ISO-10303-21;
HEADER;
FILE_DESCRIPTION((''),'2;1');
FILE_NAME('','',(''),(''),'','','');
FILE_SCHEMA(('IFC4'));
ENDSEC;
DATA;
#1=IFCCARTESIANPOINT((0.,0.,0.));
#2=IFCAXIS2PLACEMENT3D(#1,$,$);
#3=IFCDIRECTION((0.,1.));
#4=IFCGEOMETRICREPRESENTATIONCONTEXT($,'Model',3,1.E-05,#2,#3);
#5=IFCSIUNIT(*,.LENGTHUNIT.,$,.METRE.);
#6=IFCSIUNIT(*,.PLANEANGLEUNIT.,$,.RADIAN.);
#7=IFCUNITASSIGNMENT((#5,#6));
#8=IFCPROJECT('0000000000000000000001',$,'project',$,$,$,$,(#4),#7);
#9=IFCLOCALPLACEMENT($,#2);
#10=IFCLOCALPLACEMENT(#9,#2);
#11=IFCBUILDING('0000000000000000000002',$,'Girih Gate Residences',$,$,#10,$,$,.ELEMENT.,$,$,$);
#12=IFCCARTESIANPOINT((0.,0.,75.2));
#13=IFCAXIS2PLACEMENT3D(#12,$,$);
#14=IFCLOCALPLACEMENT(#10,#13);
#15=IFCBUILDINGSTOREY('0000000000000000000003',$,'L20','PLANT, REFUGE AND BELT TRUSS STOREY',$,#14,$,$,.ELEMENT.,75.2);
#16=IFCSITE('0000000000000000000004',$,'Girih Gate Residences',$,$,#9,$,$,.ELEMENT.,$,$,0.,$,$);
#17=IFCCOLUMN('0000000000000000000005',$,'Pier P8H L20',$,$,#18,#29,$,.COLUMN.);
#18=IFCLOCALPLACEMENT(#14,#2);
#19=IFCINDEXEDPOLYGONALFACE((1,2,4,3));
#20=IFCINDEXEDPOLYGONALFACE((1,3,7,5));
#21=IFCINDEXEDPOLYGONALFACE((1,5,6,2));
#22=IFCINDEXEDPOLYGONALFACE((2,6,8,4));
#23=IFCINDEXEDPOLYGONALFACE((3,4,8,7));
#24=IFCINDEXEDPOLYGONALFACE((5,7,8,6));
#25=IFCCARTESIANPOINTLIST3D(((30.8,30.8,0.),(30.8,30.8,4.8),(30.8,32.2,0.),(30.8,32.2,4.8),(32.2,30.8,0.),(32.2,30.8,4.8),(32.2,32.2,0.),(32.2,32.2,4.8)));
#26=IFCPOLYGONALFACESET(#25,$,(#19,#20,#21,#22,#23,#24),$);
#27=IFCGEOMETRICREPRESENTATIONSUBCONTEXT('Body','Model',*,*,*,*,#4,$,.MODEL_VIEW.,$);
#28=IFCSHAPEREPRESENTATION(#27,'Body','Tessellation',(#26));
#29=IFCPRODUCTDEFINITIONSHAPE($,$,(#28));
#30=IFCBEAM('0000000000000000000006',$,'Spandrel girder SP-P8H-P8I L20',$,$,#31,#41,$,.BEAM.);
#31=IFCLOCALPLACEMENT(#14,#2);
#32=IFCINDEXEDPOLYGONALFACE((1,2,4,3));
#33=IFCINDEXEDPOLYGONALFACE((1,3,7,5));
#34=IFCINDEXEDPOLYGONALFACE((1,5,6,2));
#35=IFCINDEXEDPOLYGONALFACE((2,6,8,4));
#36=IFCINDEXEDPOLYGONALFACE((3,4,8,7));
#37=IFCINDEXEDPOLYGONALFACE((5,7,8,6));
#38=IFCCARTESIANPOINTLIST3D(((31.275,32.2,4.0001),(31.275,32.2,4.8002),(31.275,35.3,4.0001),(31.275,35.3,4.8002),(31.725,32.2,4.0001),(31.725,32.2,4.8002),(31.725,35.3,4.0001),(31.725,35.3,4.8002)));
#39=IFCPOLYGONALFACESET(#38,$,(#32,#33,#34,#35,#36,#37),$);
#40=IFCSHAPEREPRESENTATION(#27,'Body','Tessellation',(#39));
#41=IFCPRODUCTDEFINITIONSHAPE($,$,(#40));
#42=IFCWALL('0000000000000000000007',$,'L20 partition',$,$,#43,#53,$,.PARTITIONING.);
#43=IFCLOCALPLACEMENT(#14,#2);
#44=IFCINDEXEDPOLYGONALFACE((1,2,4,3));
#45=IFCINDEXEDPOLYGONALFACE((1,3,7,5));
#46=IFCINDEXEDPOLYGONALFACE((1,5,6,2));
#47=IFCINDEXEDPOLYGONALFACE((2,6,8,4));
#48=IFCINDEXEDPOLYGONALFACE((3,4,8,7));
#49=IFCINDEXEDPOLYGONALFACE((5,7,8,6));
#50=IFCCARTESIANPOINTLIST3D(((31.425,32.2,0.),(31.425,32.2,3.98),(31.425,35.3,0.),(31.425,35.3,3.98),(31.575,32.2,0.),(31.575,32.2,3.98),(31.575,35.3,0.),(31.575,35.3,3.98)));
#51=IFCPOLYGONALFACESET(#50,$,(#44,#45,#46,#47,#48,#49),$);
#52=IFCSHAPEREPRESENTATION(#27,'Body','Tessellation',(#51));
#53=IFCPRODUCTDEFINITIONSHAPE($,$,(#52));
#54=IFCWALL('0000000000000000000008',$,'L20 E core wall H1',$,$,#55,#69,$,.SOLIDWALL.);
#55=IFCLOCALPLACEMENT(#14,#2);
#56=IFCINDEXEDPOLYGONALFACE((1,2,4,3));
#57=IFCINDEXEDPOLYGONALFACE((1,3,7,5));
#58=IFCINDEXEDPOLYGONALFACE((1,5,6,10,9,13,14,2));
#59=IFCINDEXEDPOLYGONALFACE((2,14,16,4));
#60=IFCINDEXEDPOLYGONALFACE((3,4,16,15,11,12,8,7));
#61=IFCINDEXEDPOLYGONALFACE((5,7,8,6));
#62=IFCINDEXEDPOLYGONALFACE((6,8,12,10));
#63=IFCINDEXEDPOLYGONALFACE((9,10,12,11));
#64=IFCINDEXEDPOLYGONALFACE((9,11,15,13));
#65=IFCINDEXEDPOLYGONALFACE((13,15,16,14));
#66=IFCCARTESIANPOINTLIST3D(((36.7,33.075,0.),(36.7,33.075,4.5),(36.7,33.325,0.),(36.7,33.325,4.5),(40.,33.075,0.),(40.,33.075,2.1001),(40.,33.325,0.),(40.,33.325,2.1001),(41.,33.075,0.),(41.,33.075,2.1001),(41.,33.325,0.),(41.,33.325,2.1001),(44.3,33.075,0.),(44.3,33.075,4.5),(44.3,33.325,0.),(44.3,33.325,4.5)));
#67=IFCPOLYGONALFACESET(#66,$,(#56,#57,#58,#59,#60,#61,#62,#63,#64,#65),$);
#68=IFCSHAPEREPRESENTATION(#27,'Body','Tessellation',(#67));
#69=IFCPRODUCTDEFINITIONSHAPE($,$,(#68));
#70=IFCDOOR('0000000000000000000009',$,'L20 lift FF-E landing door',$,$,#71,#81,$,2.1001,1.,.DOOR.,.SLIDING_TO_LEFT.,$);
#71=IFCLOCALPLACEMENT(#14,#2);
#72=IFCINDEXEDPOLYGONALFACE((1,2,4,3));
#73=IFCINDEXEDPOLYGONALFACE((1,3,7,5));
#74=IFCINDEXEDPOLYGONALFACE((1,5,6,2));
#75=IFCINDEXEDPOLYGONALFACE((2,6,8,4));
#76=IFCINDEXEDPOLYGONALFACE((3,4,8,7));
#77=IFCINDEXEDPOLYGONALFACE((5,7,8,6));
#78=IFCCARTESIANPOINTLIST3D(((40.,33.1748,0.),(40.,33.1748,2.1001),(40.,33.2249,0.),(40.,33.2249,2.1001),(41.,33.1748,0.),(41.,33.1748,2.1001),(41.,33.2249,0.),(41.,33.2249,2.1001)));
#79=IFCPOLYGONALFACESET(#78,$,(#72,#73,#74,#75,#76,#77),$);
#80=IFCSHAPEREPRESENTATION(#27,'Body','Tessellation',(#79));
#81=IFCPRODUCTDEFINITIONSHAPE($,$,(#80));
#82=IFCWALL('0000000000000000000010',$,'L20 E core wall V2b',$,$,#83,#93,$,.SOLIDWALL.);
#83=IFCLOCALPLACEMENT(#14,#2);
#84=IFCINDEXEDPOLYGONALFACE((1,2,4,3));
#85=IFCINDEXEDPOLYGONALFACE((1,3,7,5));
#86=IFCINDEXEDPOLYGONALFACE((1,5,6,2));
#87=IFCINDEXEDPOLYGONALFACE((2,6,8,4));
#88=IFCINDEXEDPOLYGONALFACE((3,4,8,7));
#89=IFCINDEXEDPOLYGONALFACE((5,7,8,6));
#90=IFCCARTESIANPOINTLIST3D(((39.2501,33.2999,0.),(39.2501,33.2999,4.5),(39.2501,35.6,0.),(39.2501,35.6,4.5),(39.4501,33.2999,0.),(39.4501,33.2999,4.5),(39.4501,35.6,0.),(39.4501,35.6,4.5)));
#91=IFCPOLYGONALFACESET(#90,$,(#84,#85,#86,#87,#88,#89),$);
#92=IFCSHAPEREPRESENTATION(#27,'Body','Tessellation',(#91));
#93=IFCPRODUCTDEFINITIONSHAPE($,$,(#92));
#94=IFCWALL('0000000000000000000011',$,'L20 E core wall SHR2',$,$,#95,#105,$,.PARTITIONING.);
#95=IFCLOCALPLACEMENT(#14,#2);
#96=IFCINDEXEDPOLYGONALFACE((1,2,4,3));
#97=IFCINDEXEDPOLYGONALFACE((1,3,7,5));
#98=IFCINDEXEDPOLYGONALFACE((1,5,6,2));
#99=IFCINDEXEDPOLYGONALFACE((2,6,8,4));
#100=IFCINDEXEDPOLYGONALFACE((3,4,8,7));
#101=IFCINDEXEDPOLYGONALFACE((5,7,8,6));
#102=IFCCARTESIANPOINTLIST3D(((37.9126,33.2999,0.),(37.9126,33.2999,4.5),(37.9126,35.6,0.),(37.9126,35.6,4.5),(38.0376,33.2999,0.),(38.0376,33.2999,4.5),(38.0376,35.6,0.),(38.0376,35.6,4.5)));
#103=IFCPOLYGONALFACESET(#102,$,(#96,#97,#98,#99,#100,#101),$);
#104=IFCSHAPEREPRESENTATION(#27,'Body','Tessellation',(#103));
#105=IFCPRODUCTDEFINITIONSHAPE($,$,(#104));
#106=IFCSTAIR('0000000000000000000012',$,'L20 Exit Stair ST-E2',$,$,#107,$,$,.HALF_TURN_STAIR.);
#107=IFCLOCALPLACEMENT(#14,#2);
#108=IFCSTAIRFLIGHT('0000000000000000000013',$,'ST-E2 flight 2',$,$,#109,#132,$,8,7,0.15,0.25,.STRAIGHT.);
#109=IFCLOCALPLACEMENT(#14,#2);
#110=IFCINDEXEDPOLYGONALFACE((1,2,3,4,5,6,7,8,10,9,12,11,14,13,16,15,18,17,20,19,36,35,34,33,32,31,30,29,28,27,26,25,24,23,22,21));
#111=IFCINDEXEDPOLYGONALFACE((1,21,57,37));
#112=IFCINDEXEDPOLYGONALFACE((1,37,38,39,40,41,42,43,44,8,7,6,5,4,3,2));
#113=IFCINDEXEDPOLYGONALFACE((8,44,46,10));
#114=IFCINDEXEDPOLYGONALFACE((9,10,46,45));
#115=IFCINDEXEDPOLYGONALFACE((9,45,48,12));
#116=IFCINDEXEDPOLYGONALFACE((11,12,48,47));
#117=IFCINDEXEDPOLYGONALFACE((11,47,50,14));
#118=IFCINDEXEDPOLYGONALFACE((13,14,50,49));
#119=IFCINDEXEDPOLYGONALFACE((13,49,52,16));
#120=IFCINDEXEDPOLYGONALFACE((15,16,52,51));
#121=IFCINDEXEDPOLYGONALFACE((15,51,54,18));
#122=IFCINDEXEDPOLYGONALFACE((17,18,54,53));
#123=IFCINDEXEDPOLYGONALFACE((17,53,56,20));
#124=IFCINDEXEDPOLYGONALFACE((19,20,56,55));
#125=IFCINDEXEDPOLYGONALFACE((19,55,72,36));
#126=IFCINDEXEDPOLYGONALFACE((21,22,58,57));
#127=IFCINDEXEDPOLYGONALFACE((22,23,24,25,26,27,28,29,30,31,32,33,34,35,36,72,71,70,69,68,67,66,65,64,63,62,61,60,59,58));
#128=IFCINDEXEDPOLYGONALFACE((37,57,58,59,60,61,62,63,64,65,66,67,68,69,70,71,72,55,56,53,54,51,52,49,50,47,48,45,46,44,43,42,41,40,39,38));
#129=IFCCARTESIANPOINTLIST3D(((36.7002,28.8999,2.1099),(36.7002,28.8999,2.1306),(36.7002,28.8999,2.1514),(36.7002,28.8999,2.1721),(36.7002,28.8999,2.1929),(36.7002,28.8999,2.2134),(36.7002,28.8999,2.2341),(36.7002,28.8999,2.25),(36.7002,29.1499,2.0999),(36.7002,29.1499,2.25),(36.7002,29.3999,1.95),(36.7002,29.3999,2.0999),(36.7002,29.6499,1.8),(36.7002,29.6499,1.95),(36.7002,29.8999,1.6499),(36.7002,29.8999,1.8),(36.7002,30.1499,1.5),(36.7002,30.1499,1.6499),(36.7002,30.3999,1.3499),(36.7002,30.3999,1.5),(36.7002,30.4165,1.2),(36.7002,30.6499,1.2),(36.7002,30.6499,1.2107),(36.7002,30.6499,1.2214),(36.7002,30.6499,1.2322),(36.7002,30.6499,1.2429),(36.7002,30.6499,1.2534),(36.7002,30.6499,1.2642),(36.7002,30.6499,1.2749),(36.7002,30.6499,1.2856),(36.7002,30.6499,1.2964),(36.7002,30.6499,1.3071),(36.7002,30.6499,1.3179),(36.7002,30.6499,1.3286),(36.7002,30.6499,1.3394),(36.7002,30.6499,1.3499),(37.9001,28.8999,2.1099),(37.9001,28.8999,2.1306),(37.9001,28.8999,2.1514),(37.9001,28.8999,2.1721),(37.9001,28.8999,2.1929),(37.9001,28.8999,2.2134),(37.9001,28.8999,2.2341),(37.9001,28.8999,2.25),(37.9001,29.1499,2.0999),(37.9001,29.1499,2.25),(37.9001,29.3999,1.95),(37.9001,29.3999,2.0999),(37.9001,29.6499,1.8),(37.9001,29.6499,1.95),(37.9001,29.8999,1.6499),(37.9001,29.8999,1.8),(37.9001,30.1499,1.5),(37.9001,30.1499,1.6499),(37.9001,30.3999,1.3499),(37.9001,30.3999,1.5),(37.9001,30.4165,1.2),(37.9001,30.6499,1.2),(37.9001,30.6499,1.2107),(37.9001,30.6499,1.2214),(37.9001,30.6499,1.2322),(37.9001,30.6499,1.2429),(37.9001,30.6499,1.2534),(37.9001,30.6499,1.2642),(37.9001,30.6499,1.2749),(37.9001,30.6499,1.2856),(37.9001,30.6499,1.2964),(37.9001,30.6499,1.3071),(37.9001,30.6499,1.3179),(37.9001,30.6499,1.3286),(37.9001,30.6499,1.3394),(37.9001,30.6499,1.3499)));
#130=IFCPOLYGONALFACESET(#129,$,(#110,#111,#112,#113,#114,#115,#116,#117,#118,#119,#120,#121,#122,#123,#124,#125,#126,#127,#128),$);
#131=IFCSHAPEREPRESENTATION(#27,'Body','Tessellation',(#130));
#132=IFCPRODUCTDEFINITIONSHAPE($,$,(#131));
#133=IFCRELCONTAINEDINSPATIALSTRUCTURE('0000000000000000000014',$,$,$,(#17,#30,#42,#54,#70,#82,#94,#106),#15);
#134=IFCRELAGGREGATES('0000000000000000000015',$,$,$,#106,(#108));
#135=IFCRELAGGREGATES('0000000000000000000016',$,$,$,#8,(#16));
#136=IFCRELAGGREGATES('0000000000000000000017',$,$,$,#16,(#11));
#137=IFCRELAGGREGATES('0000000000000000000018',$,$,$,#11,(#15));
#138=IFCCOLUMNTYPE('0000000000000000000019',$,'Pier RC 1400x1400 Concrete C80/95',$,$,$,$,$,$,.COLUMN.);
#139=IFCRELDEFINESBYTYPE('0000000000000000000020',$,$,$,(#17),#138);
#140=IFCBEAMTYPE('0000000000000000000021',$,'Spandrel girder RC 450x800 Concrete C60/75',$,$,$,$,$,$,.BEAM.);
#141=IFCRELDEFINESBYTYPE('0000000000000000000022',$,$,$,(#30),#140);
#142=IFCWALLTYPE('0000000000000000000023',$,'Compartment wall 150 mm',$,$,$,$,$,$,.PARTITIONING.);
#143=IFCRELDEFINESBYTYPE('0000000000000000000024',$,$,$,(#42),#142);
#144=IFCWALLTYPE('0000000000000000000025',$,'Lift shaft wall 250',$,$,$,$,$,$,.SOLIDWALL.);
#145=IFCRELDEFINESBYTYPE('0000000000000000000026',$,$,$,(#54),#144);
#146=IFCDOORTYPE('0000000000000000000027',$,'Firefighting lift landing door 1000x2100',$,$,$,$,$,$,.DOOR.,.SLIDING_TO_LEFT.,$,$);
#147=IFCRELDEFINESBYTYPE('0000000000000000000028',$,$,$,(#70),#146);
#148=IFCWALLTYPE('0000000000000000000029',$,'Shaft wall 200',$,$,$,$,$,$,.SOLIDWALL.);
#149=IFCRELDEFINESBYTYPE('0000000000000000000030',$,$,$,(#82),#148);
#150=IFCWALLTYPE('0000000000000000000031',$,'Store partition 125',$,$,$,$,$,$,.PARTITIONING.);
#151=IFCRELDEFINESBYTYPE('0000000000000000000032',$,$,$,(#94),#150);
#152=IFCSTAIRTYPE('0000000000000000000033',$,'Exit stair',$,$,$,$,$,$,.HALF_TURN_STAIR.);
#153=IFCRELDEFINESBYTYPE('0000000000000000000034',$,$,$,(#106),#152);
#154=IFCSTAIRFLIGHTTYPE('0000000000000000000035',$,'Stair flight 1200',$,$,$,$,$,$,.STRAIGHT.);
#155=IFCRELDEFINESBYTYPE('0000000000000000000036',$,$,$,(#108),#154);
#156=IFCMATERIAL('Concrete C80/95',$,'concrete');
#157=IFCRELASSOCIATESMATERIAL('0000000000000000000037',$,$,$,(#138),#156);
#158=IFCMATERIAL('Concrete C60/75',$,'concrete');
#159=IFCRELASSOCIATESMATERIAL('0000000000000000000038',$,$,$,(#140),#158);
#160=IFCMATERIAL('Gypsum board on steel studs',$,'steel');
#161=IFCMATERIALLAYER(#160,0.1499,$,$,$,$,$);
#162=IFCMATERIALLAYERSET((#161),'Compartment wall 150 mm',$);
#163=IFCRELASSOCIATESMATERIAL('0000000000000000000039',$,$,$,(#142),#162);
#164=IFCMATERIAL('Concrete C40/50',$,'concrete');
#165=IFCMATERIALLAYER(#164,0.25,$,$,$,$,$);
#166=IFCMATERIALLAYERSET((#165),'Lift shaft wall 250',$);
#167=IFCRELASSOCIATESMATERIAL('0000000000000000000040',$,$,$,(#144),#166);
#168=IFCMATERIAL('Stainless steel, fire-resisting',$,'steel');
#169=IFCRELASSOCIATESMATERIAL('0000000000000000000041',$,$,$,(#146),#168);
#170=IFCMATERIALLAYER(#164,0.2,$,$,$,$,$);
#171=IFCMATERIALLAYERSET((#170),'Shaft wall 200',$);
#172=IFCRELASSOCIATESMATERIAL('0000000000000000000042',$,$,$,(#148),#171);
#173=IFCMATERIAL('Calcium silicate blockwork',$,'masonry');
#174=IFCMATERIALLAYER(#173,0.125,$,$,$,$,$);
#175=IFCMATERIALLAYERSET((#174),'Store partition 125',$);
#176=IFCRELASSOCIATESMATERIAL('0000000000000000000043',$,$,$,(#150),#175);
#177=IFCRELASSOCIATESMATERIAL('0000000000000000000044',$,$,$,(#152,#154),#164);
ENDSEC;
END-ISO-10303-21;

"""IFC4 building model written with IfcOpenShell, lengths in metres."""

from ifc_helpers import new_model, si_unit, direction, frame, frame_2d, origin, origin_2d, place, context, subcontext, project, spatial, polyline, rectangle, outline, extrude, material, layer, layer_set, material_profile, profile_set, type_object, element, fill, aggregate, save


model = new_model("IFC4")

# Units and contexts
model_context = context("Model", 3, precision=1e-05, world=origin(), true_north=direction((0.0, 1.0)))
body_context = subcontext(model_context, "Body", "Model", "MODEL_VIEW")
ifc_project = project(units=[si_unit("LENGTHUNIT", "METRE"), si_unit("PLANEANGLEUNIT", "RADIAN")], contexts=[model_context])

# Site, building, storey
site_placement = place(None, origin())
site = spatial("IfcSite", under=ifc_project, at=site_placement, Name="Girih Gate Residences", CompositionType="ELEMENT", RefElevation=0.0)
building_placement = place(site_placement, origin())
building = spatial("IfcBuilding", under=site, at=building_placement, Name="Girih Gate Residences", CompositionType="ELEMENT")
storey_placement = place(building_placement, frame((0.0, 0.0, 75.2)))
storey = spatial("IfcBuildingStorey", under=building, at=storey_placement, Name="L20", Description="PLANT, REFUGE AND BELT TRUSS STOREY", CompositionType="ELEMENT", Elevation=75.2)

# Column
ifc_material_1 = material(Name="Concrete C80/95", Category="concrete")
ifc_material_profile_1 = material_profile(ifc_material_1, rectangle(XDim=1.3999, YDim=1.3999, at=origin_2d()))
ifc_profile_set_1 = profile_set([ifc_material_profile_1], Name="Concrete C80/95")
column_type = type_object("IfcColumnType", Name="Pier RC 1400x1400 Concrete C80/95", PredefinedType="COLUMN", material=ifc_profile_set_1)
column_placement = place(storey_placement, frame((31.5, 31.5, 0.0), z_axis=(0.0, 0.0, 1.0), x_axis=(1.0, 0.0, 0.0)))
element("IfcColumn", 1, at=column_placement, inside=storey, type_object=column_type, Name="Pier P8H L20", PredefinedType="COLUMN", context=body_context, shape_type="SweptSolid", body=[
    extrude(rectangle(XDim=1.3999, YDim=1.3999, at=origin_2d()), origin(), (0.0, 0.0, 1.0), 4.8),
])

# Beam
ifc_material_2 = material(Name="Concrete C60/75", Category="concrete")
ifc_material_profile_2 = material_profile(ifc_material_2, rectangle(XDim=0.45, YDim=0.8, at=origin_2d()))
ifc_profile_set_2 = profile_set([ifc_material_profile_2], Name="Concrete C60/75")
beam_type = type_object("IfcBeamType", Name="Spandrel girder RC 450x800 Concrete C60/75", PredefinedType="BEAM", material=ifc_profile_set_2)
beam_placement = place(storey_placement, frame((31.5, 32.2, 4.4001), z_axis=(0.0, 1.0, 0.0), x_axis=(-1.0, 0.0, 0.0)))
element("IfcBeam", 2, at=beam_placement, inside=storey, type_object=beam_type, Name="Spandrel girder SP-P8H-P8I L20", PredefinedType="BEAM", context=body_context, shape_type="SweptSolid", body=[
    extrude(rectangle(XDim=0.45, YDim=0.8, at=origin_2d()), origin(), (0.0, 0.0, 1.0), 3.1001),
])

# Wall
ifc_material_3 = material(Name="Gypsum board on steel studs", Category="steel")
ifc_layer_1 = layer(ifc_material_3, 0.1499)
ifc_layer_set_1 = layer_set([ifc_layer_1], Name="Compartment wall 150 mm")
wall_type_1 = type_object("IfcWallType", Name="Compartment wall 150 mm", PredefinedType="PARTITIONING", material=ifc_layer_set_1)
wall_1_placement = place(storey_placement, frame((31.5, 32.2, 0.0), z_axis=(0.0, 0.0, 1.0), x_axis=(0.0, 1.0, 0.0)))
element("IfcWall", 3, at=wall_1_placement, inside=storey, type_object=wall_type_1, Name="L20 partition", PredefinedType="PARTITIONING", context=body_context, shape_type="SweptSolid", body=[
    extrude(rectangle(XDim=3.1001, YDim=0.1499, at=frame_2d((1.55, 0.0))), origin(), (0.0, 0.0, 1.0), 3.98),
])

# Wall, opening, door
ifc_material_4 = material(Name="Concrete C40/50", Category="concrete")
ifc_layer_2 = layer(ifc_material_4, 0.25)
ifc_layer_set_2 = layer_set([ifc_layer_2], Name="Lift shaft wall 250")
wall_type_2 = type_object("IfcWallType", Name="Lift shaft wall 250", PredefinedType="SOLIDWALL", material=ifc_layer_set_2)
wall_2_placement = place(storey_placement, frame((36.7, 33.2, 0.0), z_axis=(0.0, 0.0, 1.0), x_axis=(1.0, 0.0, 0.0)))
wall_2 = element("IfcWall", 4, at=wall_2_placement, inside=storey, type_object=wall_type_2, Name="L20 E core wall H1", PredefinedType="SOLIDWALL", context=body_context, shape_type="SweptSolid", body=[
    extrude(rectangle(XDim=7.6001, YDim=0.25, at=frame_2d((3.8, 0.0))), origin(), (0.0, 0.0, 1.0), 4.5),
])
opening_placement = place(wall_2_placement, frame((3.3, 0.0, 0.0)))
opening = element("IfcOpeningElement", 5, at=opening_placement, cuts=wall_2, PredefinedType="OPENING", context=body_context, shape_type="SweptSolid", body=[
    extrude(rectangle(XDim=1.0, YDim=2.1001, at=frame_2d((0.5, 1.05))), frame((0.0, 0.135, 0.0), z_axis=(0.0, -1.0, 0.0), x_axis=(1.0, 0.0, 0.0)), (0.0, 0.0, 1.0), 0.27),
])
ifc_material_5 = material(Name="Stainless steel, fire-resisting", Category="steel")
door_type = type_object("IfcDoorType", Name="Firefighting lift landing door 1000x2100", OperationType="SLIDING_TO_LEFT", PredefinedType="DOOR", material=ifc_material_5)
door_placement = place(opening_placement, origin())
door = element("IfcDoor", 6, at=door_placement, inside=storey, type_object=door_type, Name="L20 lift FF-E landing door", OperationType="SLIDING_TO_LEFT", OverallHeight=2.1001, OverallWidth=1.0, PredefinedType="DOOR", context=body_context, shape_type="SweptSolid", body=[
    extrude(rectangle(XDim=1.0, YDim=2.1001, at=frame_2d((0.5, 1.05))), frame((0.0, 0.0249, 0.0), z_axis=(0.0, -1.0, 0.0), x_axis=(1.0, 0.0, 0.0)), (0.0, 0.0, 1.0), 0.05),
])
fill(opening, door)

# Walls
ifc_layer_3 = layer(ifc_material_4, 0.2)
ifc_layer_set_3 = layer_set([ifc_layer_3], Name="Shaft wall 200")
wall_type_3 = type_object("IfcWallType", Name="Shaft wall 200", PredefinedType="SOLIDWALL", material=ifc_layer_set_3)
wall_3_placement = place(storey_placement, frame((39.3501, 33.3, 0.0), z_axis=(0.0, 0.0, 1.0), x_axis=(0.0, 1.0, 0.0)))
element("IfcWall", 7, at=wall_3_placement, inside=storey, type_object=wall_type_3, Name="L20 E core wall V2b", PredefinedType="SOLIDWALL", context=body_context, shape_type="SweptSolid", body=[
    extrude(rectangle(XDim=2.3, YDim=0.2, at=frame_2d((1.1499, 0.0))), origin(), (0.0, 0.0, 1.0), 4.5),
])
ifc_material_6 = material(Name="Calcium silicate blockwork", Category="masonry")
ifc_layer_4 = layer(ifc_material_6, 0.125)
ifc_layer_set_4 = layer_set([ifc_layer_4], Name="Store partition 125")
wall_type_4 = type_object("IfcWallType", Name="Store partition 125", PredefinedType="PARTITIONING", material=ifc_layer_set_4)
wall_4_placement = place(storey_placement, frame((37.9751, 33.3, 0.0), z_axis=(0.0, 0.0, 1.0), x_axis=(0.0, 1.0, 0.0)))
element("IfcWall", 8, at=wall_4_placement, inside=storey, type_object=wall_type_4, Name="L20 E core wall SHR2", PredefinedType="PARTITIONING", context=body_context, shape_type="SweptSolid", body=[
    extrude(rectangle(XDim=2.3, YDim=0.125, at=frame_2d((1.1499, 0.0))), origin(), (0.0, 0.0, 1.0), 4.5),
])

# Stair, stair flight
stair_type = type_object("IfcStairType", Name="Exit stair", PredefinedType="HALF_TURN_STAIR", material=ifc_material_4)
stair_placement = place(storey_placement, origin())
stair = element("IfcStair", 9, at=stair_placement, inside=storey, type_object=stair_type, Name="L20 Exit Stair ST-E2", PredefinedType="HALF_TURN_STAIR")
stair_flight_type = type_object("IfcStairFlightType", Name="Stair flight 1200", PredefinedType="STRAIGHT", material=ifc_material_4)
stair_flight_1_placement = place(storey_placement, frame((37.3, 30.6499, 1.2), z_axis=(0.0, 0.0, 1.0), x_axis=(0.0, -1.0, 0.0)))
stair_flight_1 = element("IfcStairFlight", 10, at=stair_flight_1_placement, type_object=stair_flight_type, Name="ST-E2 flight 2", NumberOfRisers=8, NumberOfTreads=7, PredefinedType="STRAIGHT", RiserHeight=0.15, TreadLength=0.25, context=body_context, shape_type="SweptSolid", body=[
    extrude(outline(polyline([(0.0, 0.0), (0.0, 0.0107), (0.0, 0.0215), (0.0, 0.0322), (0.0, 0.043), (0.0, 0.0535), (0.0, 0.0642), (0.0, 0.075), (0.0, 0.0857), (0.0, 0.0964), (0.0, 0.1072), (0.0, 0.1179), (0.0, 0.1287), (0.0, 0.1394), (0.0, 0.1499), (0.25, 0.1499), (0.25, 0.3), (0.5, 0.3), (0.5, 0.45), (0.75, 0.45), (0.75, 0.6001), (1.0, 0.6001), (1.0, 0.75), (1.25, 0.75), (1.25, 0.8999), (1.5, 0.8999), (1.5, 1.05), (1.75, 1.05), (1.75, 1.0608), (1.75, 1.0715), (1.75, 1.082), (1.75, 1.0928), (1.75, 1.1035), (1.75, 1.1143), (1.75, 1.125), (1.75, 1.1357), (1.75, 1.1465), (1.75, 1.1572), (1.75, 1.168), (1.75, 1.1785), (1.75, 1.1892), (1.75, 1.2), (1.75, 1.1792), (1.75, 1.1584), (1.75, 1.1379), (1.75, 1.1172), (1.75, 1.0964), (1.75, 1.0757), (1.75, 1.0549), (1.75, 1.0342), (1.75, 1.0134), (1.75, 0.9929), (1.75, 0.9722), (1.75, 0.9514), (1.75, 0.9307), (1.75, 0.9099), (0.2334, 0.0), (0.0, 0.0)])), frame((0.0, 0.6001, 0.0), z_axis=(0.0, -1.0, 0.0), x_axis=(1.0, 0.0, 0.0)), (0.0, 0.0, 1.0), 1.2),
])
aggregate(stair, [stair_flight_1])

save(model, "model.ifc")
